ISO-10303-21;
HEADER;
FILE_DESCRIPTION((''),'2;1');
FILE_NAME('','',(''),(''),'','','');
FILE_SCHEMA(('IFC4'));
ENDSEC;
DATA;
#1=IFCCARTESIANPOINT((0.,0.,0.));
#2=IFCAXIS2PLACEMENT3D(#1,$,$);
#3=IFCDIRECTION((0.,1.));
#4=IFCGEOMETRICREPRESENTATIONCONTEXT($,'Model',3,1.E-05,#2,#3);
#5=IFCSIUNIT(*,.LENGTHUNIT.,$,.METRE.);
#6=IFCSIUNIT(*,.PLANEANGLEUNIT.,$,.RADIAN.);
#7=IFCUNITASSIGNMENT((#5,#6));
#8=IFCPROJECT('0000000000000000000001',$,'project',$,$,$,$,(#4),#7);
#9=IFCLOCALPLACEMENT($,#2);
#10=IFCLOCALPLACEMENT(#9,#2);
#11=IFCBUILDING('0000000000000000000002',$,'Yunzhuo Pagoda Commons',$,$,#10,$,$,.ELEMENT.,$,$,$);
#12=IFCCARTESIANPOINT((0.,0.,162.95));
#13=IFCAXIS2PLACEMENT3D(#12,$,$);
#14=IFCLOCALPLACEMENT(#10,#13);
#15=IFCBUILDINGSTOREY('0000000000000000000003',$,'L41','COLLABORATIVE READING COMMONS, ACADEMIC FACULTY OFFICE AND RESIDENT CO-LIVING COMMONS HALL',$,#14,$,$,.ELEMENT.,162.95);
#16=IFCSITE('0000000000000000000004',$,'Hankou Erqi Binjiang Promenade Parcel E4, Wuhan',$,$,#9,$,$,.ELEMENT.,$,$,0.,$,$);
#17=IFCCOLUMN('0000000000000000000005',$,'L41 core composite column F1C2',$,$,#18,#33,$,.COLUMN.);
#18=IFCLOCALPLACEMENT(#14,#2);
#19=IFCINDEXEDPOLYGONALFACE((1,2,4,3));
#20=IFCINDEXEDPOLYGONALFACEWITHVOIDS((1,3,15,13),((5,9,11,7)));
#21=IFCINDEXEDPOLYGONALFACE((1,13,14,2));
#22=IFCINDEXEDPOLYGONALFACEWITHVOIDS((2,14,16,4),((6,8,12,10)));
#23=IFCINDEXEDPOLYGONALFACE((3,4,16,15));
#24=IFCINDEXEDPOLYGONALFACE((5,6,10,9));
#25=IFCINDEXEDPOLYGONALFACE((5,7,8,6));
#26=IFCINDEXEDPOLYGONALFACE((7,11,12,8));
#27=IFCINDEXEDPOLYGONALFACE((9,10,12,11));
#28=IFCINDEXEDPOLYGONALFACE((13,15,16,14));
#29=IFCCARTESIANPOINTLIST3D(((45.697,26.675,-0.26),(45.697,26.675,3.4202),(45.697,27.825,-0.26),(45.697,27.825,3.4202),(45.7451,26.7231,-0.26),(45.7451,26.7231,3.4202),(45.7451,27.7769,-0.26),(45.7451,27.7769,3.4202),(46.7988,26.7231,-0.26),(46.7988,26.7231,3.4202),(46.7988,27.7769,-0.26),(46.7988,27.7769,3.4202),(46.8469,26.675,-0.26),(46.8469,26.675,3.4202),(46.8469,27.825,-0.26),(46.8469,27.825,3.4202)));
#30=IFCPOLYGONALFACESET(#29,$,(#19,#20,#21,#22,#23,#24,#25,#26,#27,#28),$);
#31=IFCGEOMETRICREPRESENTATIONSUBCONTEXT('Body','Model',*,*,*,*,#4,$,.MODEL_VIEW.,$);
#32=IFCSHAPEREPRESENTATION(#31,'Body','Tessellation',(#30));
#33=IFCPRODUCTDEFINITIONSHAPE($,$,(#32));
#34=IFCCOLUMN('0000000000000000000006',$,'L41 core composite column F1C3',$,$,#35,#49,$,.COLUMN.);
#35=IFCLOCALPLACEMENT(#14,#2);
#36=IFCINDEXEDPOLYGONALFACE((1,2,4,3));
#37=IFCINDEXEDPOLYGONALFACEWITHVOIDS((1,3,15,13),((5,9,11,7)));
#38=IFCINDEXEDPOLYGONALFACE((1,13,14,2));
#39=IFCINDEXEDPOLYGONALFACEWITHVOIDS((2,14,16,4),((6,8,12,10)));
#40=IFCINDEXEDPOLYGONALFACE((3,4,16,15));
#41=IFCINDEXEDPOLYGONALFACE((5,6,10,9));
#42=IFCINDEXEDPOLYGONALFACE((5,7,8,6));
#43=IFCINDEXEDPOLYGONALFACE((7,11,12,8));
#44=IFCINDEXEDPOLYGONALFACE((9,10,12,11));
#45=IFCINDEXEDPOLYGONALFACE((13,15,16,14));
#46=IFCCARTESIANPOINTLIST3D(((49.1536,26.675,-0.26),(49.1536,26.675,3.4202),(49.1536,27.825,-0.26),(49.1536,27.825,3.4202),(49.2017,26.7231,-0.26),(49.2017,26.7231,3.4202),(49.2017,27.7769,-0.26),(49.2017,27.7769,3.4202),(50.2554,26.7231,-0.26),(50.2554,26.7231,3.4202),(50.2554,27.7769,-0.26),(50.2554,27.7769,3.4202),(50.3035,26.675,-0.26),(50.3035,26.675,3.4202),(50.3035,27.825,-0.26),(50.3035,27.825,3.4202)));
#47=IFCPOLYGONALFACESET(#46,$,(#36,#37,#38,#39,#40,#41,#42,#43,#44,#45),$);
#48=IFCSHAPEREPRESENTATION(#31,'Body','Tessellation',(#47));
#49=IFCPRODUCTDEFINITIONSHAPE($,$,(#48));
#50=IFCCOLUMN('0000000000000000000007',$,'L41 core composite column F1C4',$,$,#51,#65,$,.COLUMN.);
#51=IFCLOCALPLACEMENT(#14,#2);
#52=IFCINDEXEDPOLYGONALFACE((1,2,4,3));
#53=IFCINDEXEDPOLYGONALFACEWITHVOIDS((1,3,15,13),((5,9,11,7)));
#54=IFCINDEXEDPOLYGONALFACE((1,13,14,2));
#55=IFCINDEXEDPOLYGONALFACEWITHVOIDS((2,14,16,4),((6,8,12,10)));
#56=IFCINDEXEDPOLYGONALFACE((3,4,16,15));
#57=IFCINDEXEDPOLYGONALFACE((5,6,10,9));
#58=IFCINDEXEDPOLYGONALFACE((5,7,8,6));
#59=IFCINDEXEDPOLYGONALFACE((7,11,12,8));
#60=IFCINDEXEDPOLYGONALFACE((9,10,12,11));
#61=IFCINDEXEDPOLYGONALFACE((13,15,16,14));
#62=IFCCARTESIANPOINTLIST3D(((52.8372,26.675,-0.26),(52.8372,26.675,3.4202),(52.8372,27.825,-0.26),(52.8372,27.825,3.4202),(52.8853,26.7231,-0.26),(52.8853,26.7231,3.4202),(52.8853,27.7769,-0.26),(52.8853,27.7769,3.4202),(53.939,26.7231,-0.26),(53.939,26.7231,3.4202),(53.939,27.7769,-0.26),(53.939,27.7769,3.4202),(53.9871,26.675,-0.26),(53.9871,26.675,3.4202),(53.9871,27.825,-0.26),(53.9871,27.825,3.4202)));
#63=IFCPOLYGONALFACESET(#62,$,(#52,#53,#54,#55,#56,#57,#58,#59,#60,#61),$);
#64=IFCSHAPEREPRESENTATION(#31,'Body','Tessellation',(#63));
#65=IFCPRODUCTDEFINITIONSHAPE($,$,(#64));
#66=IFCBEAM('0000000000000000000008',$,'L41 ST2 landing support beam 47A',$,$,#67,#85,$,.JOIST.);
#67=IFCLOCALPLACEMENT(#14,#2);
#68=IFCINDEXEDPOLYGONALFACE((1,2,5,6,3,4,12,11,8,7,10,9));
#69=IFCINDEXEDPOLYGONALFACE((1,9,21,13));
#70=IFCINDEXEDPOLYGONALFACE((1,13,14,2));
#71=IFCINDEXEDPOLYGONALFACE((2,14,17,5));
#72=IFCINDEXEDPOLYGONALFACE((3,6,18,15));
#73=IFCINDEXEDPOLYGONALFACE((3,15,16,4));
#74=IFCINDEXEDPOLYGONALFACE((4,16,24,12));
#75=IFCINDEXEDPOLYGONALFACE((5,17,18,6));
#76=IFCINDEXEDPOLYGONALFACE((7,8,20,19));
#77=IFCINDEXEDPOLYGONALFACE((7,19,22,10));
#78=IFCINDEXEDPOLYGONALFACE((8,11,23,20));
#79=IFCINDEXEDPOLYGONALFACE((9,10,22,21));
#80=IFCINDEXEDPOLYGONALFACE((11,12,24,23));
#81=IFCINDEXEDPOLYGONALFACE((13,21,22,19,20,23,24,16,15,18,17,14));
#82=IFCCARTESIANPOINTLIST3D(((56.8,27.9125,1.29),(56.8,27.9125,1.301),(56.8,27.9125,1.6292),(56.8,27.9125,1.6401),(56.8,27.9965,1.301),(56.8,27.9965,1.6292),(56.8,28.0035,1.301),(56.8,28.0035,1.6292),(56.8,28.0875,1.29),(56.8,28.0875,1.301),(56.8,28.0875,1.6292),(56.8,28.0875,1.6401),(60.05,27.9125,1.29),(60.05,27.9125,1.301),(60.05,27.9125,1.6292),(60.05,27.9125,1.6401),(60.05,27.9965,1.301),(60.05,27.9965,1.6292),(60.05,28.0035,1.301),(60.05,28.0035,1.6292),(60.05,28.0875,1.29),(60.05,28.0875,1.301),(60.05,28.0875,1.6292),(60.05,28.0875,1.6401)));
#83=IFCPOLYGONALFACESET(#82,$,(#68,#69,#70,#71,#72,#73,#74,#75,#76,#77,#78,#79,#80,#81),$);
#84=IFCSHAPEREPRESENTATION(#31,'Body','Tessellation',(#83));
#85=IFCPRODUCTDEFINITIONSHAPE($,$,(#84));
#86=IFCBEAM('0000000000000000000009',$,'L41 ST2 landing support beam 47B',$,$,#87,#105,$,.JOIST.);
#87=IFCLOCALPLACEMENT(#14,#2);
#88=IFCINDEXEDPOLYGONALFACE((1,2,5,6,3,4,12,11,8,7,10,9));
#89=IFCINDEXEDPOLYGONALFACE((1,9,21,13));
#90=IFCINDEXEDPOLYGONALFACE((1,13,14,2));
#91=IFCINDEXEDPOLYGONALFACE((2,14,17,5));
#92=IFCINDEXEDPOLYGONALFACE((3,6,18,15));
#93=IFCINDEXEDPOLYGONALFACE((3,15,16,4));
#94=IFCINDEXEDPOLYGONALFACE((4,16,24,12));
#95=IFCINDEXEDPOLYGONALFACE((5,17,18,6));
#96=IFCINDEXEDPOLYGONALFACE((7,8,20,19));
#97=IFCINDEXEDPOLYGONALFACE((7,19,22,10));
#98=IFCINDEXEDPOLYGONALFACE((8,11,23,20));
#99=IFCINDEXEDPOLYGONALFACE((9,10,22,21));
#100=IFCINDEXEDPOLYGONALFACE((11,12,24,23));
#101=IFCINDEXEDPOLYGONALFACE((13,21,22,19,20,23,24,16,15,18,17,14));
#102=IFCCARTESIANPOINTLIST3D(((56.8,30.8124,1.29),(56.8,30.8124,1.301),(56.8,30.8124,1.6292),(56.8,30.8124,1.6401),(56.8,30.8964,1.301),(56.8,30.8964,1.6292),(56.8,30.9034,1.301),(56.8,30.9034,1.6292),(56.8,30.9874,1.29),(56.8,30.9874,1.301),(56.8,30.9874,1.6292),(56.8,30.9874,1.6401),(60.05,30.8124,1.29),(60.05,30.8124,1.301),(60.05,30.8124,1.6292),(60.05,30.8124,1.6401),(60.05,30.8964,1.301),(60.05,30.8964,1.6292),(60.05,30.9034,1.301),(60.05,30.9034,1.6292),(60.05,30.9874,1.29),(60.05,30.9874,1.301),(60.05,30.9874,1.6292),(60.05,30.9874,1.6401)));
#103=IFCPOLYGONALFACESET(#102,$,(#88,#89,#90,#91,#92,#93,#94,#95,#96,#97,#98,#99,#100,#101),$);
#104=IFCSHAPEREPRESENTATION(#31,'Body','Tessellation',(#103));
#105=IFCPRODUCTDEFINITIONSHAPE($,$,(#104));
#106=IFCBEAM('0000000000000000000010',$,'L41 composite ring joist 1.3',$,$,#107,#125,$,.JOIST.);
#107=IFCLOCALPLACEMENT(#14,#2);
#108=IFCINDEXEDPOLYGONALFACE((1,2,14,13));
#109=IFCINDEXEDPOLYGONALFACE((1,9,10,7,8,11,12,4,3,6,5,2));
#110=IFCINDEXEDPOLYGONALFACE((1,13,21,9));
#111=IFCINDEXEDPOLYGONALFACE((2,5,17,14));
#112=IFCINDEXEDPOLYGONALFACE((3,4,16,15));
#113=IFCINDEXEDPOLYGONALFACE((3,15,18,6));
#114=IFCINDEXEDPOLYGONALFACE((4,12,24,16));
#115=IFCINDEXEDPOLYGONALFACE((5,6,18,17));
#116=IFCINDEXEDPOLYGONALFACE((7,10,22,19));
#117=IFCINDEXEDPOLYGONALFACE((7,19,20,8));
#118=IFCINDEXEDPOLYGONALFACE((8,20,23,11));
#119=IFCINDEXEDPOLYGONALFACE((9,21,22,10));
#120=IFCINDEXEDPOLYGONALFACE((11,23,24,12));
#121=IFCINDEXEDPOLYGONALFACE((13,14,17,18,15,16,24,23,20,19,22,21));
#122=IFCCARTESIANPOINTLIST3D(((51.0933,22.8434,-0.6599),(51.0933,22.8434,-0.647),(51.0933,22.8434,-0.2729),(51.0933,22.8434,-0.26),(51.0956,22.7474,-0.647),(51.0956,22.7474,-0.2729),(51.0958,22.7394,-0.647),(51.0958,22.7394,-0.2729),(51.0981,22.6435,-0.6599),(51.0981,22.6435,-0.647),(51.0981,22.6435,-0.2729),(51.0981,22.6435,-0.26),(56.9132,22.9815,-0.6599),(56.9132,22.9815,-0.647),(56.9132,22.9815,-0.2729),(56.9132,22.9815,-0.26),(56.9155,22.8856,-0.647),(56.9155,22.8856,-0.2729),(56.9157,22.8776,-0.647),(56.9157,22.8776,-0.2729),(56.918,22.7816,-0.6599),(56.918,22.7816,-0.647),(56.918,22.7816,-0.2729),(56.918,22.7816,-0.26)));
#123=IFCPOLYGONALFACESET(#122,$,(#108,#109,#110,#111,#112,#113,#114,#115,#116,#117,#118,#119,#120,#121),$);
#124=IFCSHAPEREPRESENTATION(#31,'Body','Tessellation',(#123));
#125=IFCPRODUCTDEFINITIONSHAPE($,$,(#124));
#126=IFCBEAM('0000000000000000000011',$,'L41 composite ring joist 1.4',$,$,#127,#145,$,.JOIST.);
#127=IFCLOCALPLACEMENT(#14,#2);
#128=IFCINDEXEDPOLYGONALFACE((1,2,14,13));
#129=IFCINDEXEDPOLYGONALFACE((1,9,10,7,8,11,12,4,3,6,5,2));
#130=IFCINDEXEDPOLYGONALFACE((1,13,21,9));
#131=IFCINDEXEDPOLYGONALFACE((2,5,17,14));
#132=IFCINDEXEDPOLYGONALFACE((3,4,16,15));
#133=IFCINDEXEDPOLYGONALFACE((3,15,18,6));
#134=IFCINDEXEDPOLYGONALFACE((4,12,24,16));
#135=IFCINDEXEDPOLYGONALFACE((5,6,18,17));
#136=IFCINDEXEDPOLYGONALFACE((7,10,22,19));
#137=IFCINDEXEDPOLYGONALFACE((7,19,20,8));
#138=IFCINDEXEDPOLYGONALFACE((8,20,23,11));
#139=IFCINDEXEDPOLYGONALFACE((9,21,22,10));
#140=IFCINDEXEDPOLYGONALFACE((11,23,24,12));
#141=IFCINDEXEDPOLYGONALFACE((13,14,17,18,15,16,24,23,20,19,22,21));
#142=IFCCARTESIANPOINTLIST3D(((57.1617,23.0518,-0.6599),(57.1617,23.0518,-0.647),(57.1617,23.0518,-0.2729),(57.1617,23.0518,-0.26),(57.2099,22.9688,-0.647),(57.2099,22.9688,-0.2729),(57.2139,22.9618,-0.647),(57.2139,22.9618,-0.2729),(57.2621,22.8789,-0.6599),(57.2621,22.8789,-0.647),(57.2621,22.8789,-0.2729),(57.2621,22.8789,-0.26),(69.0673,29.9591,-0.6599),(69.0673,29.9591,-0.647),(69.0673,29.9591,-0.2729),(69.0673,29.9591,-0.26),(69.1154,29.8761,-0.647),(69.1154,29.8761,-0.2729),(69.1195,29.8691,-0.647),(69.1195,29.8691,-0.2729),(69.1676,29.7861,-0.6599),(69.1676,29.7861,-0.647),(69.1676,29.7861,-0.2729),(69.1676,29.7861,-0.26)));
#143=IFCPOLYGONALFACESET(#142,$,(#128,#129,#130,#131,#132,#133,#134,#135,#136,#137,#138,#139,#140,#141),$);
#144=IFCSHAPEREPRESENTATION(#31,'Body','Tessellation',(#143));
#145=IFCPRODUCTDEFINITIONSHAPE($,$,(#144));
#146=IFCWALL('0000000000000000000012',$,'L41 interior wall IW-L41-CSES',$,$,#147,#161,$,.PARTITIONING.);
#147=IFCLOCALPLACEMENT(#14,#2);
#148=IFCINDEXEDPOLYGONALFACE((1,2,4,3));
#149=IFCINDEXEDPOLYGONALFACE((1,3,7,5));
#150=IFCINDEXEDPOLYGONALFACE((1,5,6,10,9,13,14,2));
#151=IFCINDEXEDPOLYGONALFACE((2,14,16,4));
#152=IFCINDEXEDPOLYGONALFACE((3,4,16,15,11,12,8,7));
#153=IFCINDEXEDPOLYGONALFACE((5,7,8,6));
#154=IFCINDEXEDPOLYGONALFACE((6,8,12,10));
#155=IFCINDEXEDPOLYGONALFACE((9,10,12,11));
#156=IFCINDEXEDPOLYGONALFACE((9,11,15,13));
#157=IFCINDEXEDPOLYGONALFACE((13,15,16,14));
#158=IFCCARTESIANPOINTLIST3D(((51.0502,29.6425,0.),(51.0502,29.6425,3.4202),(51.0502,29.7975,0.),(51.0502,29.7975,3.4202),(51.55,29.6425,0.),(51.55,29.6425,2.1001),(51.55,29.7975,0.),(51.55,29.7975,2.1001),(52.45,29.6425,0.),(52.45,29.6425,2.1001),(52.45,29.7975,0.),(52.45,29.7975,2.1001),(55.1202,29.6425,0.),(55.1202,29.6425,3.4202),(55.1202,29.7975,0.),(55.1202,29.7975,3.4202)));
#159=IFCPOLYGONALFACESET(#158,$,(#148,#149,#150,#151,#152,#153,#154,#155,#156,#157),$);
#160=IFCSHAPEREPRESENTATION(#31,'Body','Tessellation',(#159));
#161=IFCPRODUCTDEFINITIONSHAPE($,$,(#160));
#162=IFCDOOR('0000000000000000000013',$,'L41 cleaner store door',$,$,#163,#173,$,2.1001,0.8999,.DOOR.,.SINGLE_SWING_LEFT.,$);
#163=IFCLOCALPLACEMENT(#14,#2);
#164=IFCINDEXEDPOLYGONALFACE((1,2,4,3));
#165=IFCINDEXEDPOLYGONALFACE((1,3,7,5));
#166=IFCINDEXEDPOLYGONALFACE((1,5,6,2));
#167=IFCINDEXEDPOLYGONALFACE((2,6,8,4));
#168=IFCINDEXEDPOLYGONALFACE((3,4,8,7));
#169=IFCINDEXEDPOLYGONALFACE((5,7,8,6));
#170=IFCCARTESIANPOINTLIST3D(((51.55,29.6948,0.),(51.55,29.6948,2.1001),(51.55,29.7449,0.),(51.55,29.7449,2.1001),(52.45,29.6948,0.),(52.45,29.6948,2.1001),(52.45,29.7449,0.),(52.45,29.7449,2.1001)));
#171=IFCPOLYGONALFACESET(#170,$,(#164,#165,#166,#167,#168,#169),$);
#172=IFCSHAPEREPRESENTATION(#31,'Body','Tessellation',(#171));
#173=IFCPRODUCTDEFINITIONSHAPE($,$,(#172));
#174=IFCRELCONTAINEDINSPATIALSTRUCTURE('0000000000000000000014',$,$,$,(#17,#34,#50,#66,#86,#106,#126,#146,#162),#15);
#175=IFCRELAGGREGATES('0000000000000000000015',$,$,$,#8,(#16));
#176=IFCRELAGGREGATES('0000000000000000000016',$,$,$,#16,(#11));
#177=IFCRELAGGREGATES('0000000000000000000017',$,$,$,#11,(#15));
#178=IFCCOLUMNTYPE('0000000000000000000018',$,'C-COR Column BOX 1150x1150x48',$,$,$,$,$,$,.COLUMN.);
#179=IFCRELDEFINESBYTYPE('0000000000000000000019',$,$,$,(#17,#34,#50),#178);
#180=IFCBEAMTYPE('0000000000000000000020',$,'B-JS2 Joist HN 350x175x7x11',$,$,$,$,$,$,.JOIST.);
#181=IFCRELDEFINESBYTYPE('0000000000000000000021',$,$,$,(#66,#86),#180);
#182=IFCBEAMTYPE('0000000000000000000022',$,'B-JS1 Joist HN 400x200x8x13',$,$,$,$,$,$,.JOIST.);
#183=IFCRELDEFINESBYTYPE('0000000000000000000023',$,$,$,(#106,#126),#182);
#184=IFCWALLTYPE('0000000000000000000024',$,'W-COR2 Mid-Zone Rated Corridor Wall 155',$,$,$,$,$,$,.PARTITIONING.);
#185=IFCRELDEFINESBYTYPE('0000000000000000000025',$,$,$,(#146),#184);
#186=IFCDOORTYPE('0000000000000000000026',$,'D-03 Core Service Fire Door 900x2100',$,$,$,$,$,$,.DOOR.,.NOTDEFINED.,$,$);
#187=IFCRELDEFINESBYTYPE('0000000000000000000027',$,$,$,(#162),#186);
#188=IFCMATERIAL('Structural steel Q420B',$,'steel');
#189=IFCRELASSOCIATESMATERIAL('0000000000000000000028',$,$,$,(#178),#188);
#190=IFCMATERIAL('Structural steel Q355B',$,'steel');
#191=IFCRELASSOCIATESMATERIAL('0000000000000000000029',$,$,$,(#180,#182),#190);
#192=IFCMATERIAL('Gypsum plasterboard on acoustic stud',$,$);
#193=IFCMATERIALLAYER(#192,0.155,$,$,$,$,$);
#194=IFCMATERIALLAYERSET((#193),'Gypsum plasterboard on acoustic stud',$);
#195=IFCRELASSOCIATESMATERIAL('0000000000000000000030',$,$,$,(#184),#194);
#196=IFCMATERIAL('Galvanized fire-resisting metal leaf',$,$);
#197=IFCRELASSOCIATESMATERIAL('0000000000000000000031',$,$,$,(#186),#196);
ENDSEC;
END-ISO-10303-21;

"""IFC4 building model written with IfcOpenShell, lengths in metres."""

from ifc_helpers import new_model, si_unit, direction, frame, frame_2d, origin, origin_with_axes, origin_2d, place, context, subcontext, project, spatial, rectangle, hollow_rectangle, i_section, extrude, source, transform, mapped, material, layer, layer_set, material_profile, profile_set, type_object, element, fill, save


model = new_model("IFC4")

# Units and contexts
model_context = context("Model", 3, precision=1e-05, world=origin(), true_north=direction((0.0, 1.0)))
body_context = subcontext(model_context, "Body", "Model", "MODEL_VIEW")
ifc_project = project(units=[si_unit("LENGTHUNIT", "METRE"), si_unit("PLANEANGLEUNIT", "RADIAN")], contexts=[model_context])

# Site, building, storey
site_placement = place(None, origin())
site = spatial("IfcSite", under=ifc_project, at=site_placement, Name="Hankou Erqi Binjiang Promenade Parcel E4, Wuhan", CompositionType="ELEMENT", RefElevation=0.0)
building_placement = place(site_placement, origin())
building = spatial("IfcBuilding", under=site, at=building_placement, Name="Yunzhuo Pagoda Commons", CompositionType="ELEMENT")
storey_placement = place(building_placement, frame((0.0, 0.0, 162.95)))
storey = spatial("IfcBuildingStorey", under=building, at=storey_placement, Name="L41", Description="COLLABORATIVE READING COMMONS, ACADEMIC FACULTY OFFICE AND RESIDENT CO-LIVING COMMONS HALL", CompositionType="ELEMENT", Elevation=162.95)

# Columns
ifc_material_1 = material(Name="Structural steel Q420B", Category="steel")
ifc_material_profile_1 = material_profile(ifc_material_1, hollow_rectangle(XDim=1.1499, YDim=1.1499, WallThickness=0.0481, at=origin_2d()), Name="Structural steel Q420B")
ifc_profile_set_1 = profile_set([ifc_material_profile_1], Name="Structural steel Q420B")
column_type = type_object("IfcColumnType", Name="C-COR Column BOX 1150x1150x48", PredefinedType="COLUMN", material=ifc_profile_set_1)
shared_shape_1 = source(origin(), body_context, "Body", "SweptSolid", [
    extrude(hollow_rectangle(XDim=1.1499, YDim=1.1499, WallThickness=0.0481, at=origin_2d()), origin(), (0.0, 0.0, 1.0), 3.6802),
])
for number, where, z_axis, x_axis, name in (
    (1, (46.272, 27.25, -0.26), (0.0, 0.0, 1.0), (1.0, 0.0, 0.0), "L41 core composite column F1C2"),
    (2, (49.7285, 27.25, -0.26), (0.0, 0.0, 1.0), (1.0, 0.0, 0.0), "L41 core composite column F1C3"),
    (3, (53.4121, 27.25, -0.26), (0.0, 0.0, 1.0), (1.0, 0.0, 0.0), "L41 core composite column F1C4"),
):
    element("IfcColumn", number, at=place(storey_placement, frame(where, z_axis=z_axis, x_axis=x_axis)), inside=storey, type_object=column_type, Name=name, PredefinedType="COLUMN", context=body_context, shape_type="MappedRepresentation", body=[
        mapped(shared_shape_1, transform((0.0, 0.0, 0.0), scale=1.0)),
    ])

# Beams
ifc_material_2 = material(Name="Structural steel Q355B", Category="steel")
ifc_material_profile_2 = material_profile(ifc_material_2, i_section(OverallWidth=0.175, OverallDepth=0.3501, WebThickness=0.0071, FlangeThickness=0.011, at=origin_2d()), Name="Structural steel Q355B")
ifc_profile_set_2 = profile_set([ifc_material_profile_2], Name="Structural steel Q355B")
beam_type_1 = type_object("IfcBeamType", Name="B-JS2 Joist HN 350x175x7x11", PredefinedType="JOIST", material=ifc_profile_set_2)
shared_shape_2 = source(origin(), body_context, "Body", "SweptSolid", [
    extrude(i_section(OverallWidth=0.175, OverallDepth=0.3501, WebThickness=0.0071, FlangeThickness=0.011, at=origin_2d()), origin(), (0.0, 0.0, 1.0), 3.25),
])
for number, where, z_axis, x_axis, name in (
    (4, (56.8, 28.0, 1.4651), (1.0, 0.0, 0.0), (0.0, 1.0, 0.0), "L41 ST2 landing support beam 47A"),
    (5, (56.8, 30.8999, 1.4651), (1.0, 0.0, 0.0), (0.0, 1.0, 0.0), "L41 ST2 landing support beam 47B"),
):
    element("IfcBeam", number, at=place(storey_placement, frame(where, z_axis=z_axis, x_axis=x_axis)), inside=storey, type_object=beam_type_1, Name=name, PredefinedType="JOIST", context=body_context, shape_type="MappedRepresentation", body=[
        mapped(shared_shape_2, transform((0.0, 0.0, 0.0), scale=1.0)),
    ])
ifc_material_profile_3 = material_profile(ifc_material_2, i_section(OverallWidth=0.2, OverallDepth=0.3999, WebThickness=0.0081, FlangeThickness=0.0129, at=origin_2d()), Name="Structural steel Q355B")
ifc_profile_set_3 = profile_set([ifc_material_profile_3], Name="Structural steel Q355B")
beam_type_2 = type_object("IfcBeamType", Name="B-JS1 Joist HN 400x200x8x13", PredefinedType="JOIST", material=ifc_profile_set_3)
shared_shape_3 = source(origin(), body_context, "Body", "SweptSolid", [
    extrude(i_section(OverallWidth=0.2, OverallDepth=0.3999, WebThickness=0.0081, FlangeThickness=0.0129, at=origin_2d()), origin(), (0.0, 0.0, 1.0), 5.8215),
])
beam_1_placement = place(storey_placement, frame((51.0957, 22.7434, -0.46), z_axis=(0.999718, 0.023737, 0.0), x_axis=(-0.023737, 0.999718, 0.0)))
element("IfcBeam", 6, at=beam_1_placement, inside=storey, type_object=beam_type_2, Name="L41 composite ring joist 1.3", PredefinedType="JOIST", context=body_context, shape_type="MappedRepresentation", body=[
    mapped(shared_shape_3, transform((0.0, 0.0, 0.0), scale=1.0)),
])
shared_shape_4 = source(origin(), body_context, "Body", "SweptSolid", [
    extrude(i_section(OverallWidth=0.2, OverallDepth=0.3999, WebThickness=0.0081, FlangeThickness=0.0129, at=origin_2d()), origin(), (0.0, 0.0, 1.0), 13.7642),
])
beam_2_placement = place(storey_placement, frame((57.2119, 22.9653, -0.46), z_axis=(0.864967, 0.501828, 0.0), x_axis=(-0.501828, 0.864967, 0.0)))
element("IfcBeam", 7, at=beam_2_placement, inside=storey, type_object=beam_type_2, Name="L41 composite ring joist 1.4", PredefinedType="JOIST", context=body_context, shape_type="MappedRepresentation", body=[
    mapped(shared_shape_4, transform((0.0, 0.0, 0.0), scale=1.0)),
])

# Wall, opening, door
ifc_material_3 = material(Name="Gypsum plasterboard on acoustic stud")
ifc_layer_1 = layer(ifc_material_3, 0.155)
ifc_layer_set_1 = layer_set([ifc_layer_1], Name="Gypsum plasterboard on acoustic stud")
wall_type_1 = type_object("IfcWallType", Name="W-COR2 Mid-Zone Rated Corridor Wall 155", PredefinedType="PARTITIONING", material=ifc_layer_set_1)
wall_1_placement = place(storey_placement, frame((51.05, 29.72, 0.0), z_axis=(0.0, 0.0, 1.0), x_axis=(1.0, 0.0, 0.0)))
wall_1 = element("IfcWall", 8, at=wall_1_placement, inside=storey, type_object=wall_type_1, Name="L41 interior wall IW-L41-CSES", PredefinedType="PARTITIONING", context=body_context, shape_type="SweptSolid", body=[
    extrude(rectangle(XDim=4.0701, YDim=0.155, at=frame_2d((2.0352, 0.0))), origin(), (0.0, 0.0, 1.0), 3.4202),
])
opening_1_placement = place(wall_1_placement, frame((0.5, 0.0, 0.0)))
opening_1 = element("IfcOpeningElement", 9, at=opening_1_placement, cuts=wall_1, PredefinedType="OPENING", context=body_context, shape_type="SweptSolid", body=[
    extrude(rectangle(XDim=0.8999, YDim=2.1001, at=frame_2d((0.45, 1.05))), frame((0.0, 0.0874, 0.0), z_axis=(0.0, -1.0, 0.0), x_axis=(1.0, 0.0, 0.0)), (0.0, 0.0, 1.0), 0.175),
])
ifc_material_4 = material(Name="Galvanized fire-resisting metal leaf")
door_type_1 = type_object("IfcDoorType", Name="D-03 Core Service Fire Door 900x2100", OperationType="NOTDEFINED", PredefinedType="DOOR", material=ifc_material_4)
shared_shape_5 = source(origin(), body_context, "Body", "SweptSolid", [
    extrude(rectangle(XDim=0.8999, YDim=2.1001, at=frame_2d((0.45, 1.05))), frame((0.0, 0.0249, 0.0), z_axis=(0.0, -1.0, 0.0), x_axis=(1.0, 0.0, 0.0)), (0.0, 0.0, 1.0), 0.05),
])
door_1_placement = place(opening_1_placement, origin_with_axes())
door_1 = element("IfcDoor", 10, at=door_1_placement, inside=storey, type_object=door_type_1, Name="L41 cleaner store door", OperationType="SINGLE_SWING_LEFT", OverallHeight=2.1001, OverallWidth=0.8999, PredefinedType="DOOR", context=body_context, shape_type="MappedRepresentation", body=[
    mapped(shared_shape_5, transform((0.0, 0.0, 0.0), scale=1.0)),
])
fill(opening_1, door_1)

save(model, "model.ifc")
